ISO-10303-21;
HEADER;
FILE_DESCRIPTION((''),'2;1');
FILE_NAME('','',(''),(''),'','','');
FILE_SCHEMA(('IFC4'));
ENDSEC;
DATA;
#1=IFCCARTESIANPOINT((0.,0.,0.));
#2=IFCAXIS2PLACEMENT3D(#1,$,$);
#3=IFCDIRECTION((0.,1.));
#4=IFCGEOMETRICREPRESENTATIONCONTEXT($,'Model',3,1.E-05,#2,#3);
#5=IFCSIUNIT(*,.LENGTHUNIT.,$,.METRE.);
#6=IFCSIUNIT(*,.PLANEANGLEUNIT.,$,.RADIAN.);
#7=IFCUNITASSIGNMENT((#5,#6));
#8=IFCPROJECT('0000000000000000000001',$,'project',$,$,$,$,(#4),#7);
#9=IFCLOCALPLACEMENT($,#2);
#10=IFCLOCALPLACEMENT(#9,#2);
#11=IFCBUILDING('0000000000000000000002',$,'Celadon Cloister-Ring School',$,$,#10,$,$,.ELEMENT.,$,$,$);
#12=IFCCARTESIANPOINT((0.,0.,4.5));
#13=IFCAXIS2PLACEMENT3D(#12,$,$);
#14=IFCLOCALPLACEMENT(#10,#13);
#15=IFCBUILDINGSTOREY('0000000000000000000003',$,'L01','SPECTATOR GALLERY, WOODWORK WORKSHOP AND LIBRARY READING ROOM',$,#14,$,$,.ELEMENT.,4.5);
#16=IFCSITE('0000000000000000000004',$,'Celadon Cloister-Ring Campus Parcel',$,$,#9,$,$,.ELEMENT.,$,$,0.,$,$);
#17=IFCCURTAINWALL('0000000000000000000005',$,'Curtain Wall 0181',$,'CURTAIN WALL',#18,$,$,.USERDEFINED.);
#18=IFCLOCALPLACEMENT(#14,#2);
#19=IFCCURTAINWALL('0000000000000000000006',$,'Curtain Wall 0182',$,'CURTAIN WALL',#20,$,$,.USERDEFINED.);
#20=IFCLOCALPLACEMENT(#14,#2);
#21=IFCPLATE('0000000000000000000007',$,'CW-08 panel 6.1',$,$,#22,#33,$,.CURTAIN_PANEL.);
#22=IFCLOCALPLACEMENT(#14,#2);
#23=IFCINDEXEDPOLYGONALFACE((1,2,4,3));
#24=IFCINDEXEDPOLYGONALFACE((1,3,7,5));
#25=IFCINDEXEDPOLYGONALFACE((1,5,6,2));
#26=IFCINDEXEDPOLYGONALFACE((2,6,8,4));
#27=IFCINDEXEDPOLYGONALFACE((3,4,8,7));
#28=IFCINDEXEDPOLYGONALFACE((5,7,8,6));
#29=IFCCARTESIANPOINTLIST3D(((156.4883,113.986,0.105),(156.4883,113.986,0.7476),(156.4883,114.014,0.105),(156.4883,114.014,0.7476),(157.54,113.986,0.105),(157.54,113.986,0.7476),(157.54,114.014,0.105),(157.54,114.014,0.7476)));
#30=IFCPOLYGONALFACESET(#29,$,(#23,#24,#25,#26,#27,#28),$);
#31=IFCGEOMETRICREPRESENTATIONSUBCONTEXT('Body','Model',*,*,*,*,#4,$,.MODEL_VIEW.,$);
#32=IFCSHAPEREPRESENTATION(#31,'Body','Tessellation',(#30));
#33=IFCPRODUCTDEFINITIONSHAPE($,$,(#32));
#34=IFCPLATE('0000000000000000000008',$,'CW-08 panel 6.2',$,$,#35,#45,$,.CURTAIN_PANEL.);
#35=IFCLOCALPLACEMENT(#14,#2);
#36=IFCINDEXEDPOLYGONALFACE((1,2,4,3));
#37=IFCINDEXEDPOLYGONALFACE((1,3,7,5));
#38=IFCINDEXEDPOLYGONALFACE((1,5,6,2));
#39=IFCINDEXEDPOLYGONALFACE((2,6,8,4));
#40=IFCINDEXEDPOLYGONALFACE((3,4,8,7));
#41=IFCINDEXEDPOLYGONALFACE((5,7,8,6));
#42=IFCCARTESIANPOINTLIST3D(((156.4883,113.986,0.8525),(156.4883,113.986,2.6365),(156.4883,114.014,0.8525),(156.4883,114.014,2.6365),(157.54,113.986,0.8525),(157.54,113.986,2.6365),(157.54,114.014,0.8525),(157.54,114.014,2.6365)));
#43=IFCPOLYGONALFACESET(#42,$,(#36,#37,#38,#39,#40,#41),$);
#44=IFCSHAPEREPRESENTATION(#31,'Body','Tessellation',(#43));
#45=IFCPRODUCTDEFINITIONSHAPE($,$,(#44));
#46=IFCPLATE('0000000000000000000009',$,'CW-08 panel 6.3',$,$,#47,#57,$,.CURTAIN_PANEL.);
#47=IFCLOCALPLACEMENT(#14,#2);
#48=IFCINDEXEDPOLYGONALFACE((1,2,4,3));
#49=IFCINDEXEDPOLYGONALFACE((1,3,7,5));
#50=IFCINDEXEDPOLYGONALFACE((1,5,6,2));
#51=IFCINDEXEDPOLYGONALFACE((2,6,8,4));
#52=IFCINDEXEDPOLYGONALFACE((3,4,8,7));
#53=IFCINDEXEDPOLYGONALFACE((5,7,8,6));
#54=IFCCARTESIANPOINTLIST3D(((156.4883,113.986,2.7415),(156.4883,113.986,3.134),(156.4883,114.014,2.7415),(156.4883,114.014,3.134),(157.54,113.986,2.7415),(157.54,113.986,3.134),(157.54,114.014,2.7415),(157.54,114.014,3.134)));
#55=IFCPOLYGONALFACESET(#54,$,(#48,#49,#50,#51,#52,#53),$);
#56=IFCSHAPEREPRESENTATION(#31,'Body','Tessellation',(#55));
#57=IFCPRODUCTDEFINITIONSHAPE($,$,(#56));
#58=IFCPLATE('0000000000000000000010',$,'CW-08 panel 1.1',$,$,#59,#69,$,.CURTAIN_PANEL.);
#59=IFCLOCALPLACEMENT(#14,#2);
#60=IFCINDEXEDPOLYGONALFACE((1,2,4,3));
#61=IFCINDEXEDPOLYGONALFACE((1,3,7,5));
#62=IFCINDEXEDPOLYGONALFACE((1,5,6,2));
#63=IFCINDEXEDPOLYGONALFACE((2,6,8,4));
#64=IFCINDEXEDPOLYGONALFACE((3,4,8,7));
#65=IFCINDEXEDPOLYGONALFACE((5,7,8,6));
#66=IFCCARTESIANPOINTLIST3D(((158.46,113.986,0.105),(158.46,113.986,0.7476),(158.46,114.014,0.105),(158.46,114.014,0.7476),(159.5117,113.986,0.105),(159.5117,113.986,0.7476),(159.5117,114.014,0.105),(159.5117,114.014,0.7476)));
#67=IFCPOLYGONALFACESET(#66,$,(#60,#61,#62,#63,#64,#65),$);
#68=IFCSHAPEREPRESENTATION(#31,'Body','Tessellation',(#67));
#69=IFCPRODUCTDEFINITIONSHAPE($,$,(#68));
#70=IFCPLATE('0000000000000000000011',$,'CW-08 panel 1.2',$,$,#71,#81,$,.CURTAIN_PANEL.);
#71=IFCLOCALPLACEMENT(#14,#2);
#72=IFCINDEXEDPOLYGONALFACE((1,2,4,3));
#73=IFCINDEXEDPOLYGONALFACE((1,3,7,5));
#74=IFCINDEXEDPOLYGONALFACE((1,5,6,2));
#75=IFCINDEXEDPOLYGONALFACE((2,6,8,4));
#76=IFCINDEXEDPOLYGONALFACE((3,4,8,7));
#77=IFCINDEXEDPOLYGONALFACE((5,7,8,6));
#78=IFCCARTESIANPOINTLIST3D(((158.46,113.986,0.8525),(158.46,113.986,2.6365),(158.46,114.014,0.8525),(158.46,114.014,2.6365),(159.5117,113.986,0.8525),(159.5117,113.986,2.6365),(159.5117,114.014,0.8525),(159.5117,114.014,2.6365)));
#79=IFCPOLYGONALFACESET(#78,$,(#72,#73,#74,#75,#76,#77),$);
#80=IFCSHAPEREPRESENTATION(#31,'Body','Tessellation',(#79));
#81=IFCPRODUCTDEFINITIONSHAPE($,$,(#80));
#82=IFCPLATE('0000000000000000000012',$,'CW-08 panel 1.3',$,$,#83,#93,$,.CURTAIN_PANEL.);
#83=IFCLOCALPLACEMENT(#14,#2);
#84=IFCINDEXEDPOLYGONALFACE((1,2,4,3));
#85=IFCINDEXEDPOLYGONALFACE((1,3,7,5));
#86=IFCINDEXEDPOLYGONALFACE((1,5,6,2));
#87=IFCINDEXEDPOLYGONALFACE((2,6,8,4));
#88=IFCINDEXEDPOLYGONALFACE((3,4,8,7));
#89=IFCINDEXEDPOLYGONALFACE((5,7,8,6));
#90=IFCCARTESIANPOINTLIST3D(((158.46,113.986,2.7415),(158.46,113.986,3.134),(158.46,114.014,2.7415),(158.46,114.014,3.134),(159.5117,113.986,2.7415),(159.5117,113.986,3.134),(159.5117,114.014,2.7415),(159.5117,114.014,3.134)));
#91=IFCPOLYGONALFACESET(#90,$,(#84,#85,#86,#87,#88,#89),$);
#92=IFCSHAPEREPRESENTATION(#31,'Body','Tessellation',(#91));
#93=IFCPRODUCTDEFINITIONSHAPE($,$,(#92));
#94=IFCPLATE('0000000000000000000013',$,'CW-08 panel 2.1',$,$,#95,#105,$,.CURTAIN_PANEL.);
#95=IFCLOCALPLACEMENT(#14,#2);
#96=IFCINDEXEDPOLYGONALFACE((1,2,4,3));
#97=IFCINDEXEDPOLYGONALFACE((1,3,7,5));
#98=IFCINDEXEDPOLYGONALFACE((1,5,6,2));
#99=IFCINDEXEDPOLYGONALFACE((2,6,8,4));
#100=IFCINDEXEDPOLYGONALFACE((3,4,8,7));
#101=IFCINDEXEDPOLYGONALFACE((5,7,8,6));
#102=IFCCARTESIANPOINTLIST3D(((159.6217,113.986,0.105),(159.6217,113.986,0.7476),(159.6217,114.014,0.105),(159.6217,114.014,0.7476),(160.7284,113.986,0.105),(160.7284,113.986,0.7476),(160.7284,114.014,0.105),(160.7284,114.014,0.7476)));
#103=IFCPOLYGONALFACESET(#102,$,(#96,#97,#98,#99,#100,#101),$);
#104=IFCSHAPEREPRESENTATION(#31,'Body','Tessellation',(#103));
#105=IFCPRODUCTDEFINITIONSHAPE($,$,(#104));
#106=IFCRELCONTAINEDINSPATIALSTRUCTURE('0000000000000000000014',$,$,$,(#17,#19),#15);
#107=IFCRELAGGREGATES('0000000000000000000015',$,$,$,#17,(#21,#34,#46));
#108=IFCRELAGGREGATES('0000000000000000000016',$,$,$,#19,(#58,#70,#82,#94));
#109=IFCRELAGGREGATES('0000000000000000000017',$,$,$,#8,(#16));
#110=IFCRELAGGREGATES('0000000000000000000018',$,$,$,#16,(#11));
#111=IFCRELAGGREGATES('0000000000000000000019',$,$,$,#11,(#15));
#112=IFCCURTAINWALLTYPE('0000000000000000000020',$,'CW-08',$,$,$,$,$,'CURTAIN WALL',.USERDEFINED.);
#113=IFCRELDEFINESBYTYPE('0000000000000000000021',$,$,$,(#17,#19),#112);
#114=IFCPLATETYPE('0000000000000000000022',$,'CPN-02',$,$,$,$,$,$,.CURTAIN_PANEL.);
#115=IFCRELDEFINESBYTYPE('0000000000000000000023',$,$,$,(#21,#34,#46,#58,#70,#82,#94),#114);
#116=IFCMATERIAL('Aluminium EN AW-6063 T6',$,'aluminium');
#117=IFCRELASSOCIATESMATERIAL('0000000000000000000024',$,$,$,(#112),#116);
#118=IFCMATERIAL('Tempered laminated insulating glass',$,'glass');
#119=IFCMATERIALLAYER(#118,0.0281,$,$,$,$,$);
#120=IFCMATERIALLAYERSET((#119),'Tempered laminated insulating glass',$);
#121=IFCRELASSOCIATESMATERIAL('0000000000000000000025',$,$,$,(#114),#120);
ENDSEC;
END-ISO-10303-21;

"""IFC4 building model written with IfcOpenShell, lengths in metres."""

from ifc_helpers import new_model, si_unit, direction, frame, origin, origin_2d, place, context, subcontext, project, spatial, rectangle, extrude, material, layer, layer_set, type_object, element, aggregate, save


model = new_model("IFC4")

# Units and contexts
model_context = context("Model", 3, precision=1e-05, world=origin(), true_north=direction((0.0, 1.0)))
body_context = subcontext(model_context, "Body", "Model", "MODEL_VIEW")
ifc_project = project(units=[si_unit("LENGTHUNIT", "METRE"), si_unit("PLANEANGLEUNIT", "RADIAN")], contexts=[model_context])

# Site, building, storey
site_placement = place(None, origin())
site = spatial("IfcSite", under=ifc_project, at=site_placement, Name="Celadon Cloister-Ring Campus Parcel", CompositionType="ELEMENT", RefElevation=0.0)
building_placement = place(site_placement, origin())
building = spatial("IfcBuilding", under=site, at=building_placement, Name="Celadon Cloister-Ring School", CompositionType="ELEMENT")
storey_placement = place(building_placement, frame((0.0, 0.0, 4.5)))
storey = spatial("IfcBuildingStorey", under=building, at=storey_placement, Name="L01", Description="SPECTATOR GALLERY, WOODWORK WORKSHOP AND LIBRARY READING ROOM", CompositionType="ELEMENT", Elevation=4.5)

# Curtain walls
ifc_material_1 = material(Name="Aluminium EN AW-6063 T6", Category="aluminium")
curtain_wall_type = type_object("IfcCurtainWallType", Name="CW-08", ElementType="CURTAIN WALL", PredefinedType="USERDEFINED", material=ifc_material_1)
curtain_wall_1_placement = place(storey_placement, origin())
curtain_wall_1 = element("IfcCurtainWall", 1, at=curtain_wall_1_placement, inside=storey, type_object=curtain_wall_type, Name="Curtain Wall 0181", ObjectType="CURTAIN WALL", PredefinedType="USERDEFINED")
curtain_wall_2_placement = place(storey_placement, origin())
curtain_wall_2 = element("IfcCurtainWall", 2, at=curtain_wall_2_placement, inside=storey, type_object=curtain_wall_type, Name="Curtain Wall 0182", ObjectType="CURTAIN WALL", PredefinedType="USERDEFINED")

# Plates
ifc_material_2 = material(Name="Tempered laminated insulating glass", Category="glass")
ifc_layer = layer(ifc_material_2, 0.0281)
ifc_layer_set = layer_set([ifc_layer], Name="Tempered laminated insulating glass")
plate_type = type_object("IfcPlateType", Name="CPN-02", PredefinedType="CURTAIN_PANEL", material=ifc_layer_set)
plate_1_placement = place(storey_placement, frame((157.0142, 114.0, 0.105), z_axis=(0.0, 0.0, 1.0), x_axis=(1.0, 0.0, 0.0)))
plate_1 = element("IfcPlate", 3, at=plate_1_placement, type_object=plate_type, Name="CW-08 panel 6.1", PredefinedType="CURTAIN_PANEL", context=body_context, shape_type="SweptSolid", body=[
    extrude(rectangle(XDim=1.0518, YDim=0.0281, at=origin_2d()), origin(), (0.0, 0.0, 1.0), 0.6426),
])
plate_2_placement = place(storey_placement, frame((157.0142, 114.0, 0.8525), z_axis=(0.0, 0.0, 1.0), x_axis=(1.0, 0.0, 0.0)))
plate_2 = element("IfcPlate", 4, at=plate_2_placement, type_object=plate_type, Name="CW-08 panel 6.2", PredefinedType="CURTAIN_PANEL", context=body_context, shape_type="SweptSolid", body=[
    extrude(rectangle(XDim=1.0518, YDim=0.0281, at=origin_2d()), origin(), (0.0, 0.0, 1.0), 1.7839),
])
plate_3_placement = place(storey_placement, frame((157.0142, 114.0, 2.7415), z_axis=(0.0, 0.0, 1.0), x_axis=(1.0, 0.0, 0.0)))
plate_3 = element("IfcPlate", 5, at=plate_3_placement, type_object=plate_type, Name="CW-08 panel 6.3", PredefinedType="CURTAIN_PANEL", context=body_context, shape_type="SweptSolid", body=[
    extrude(rectangle(XDim=1.0518, YDim=0.0281, at=origin_2d()), origin(), (0.0, 0.0, 1.0), 0.3926),
])
aggregate(curtain_wall_1, [plate_1, plate_2, plate_3])
plate_4_placement = place(storey_placement, frame((158.9858, 114.0, 0.105), z_axis=(0.0, 0.0, 1.0), x_axis=(1.0, 0.0, 0.0)))
plate_4 = element("IfcPlate", 6, at=plate_4_placement, type_object=plate_type, Name="CW-08 panel 1.1", PredefinedType="CURTAIN_PANEL", context=body_context, shape_type="SweptSolid", body=[
    extrude(rectangle(XDim=1.0518, YDim=0.0281, at=origin_2d()), origin(), (0.0, 0.0, 1.0), 0.6426),
])
plate_5_placement = place(storey_placement, frame((158.9858, 114.0, 0.8525), z_axis=(0.0, 0.0, 1.0), x_axis=(1.0, 0.0, 0.0)))
plate_5 = element("IfcPlate", 7, at=plate_5_placement, type_object=plate_type, Name="CW-08 panel 1.2", PredefinedType="CURTAIN_PANEL", context=body_context, shape_type="SweptSolid", body=[
    extrude(rectangle(XDim=1.0518, YDim=0.0281, at=origin_2d()), origin(), (0.0, 0.0, 1.0), 1.7839),
])
plate_6_placement = place(storey_placement, frame((158.9858, 114.0, 2.7415), z_axis=(0.0, 0.0, 1.0), x_axis=(1.0, 0.0, 0.0)))
plate_6 = element("IfcPlate", 8, at=plate_6_placement, type_object=plate_type, Name="CW-08 panel 1.3", PredefinedType="CURTAIN_PANEL", context=body_context, shape_type="SweptSolid", body=[
    extrude(rectangle(XDim=1.0518, YDim=0.0281, at=origin_2d()), origin(), (0.0, 0.0, 1.0), 0.3926),
])
plate_7_placement = place(storey_placement, frame((160.175, 114.0, 0.105), z_axis=(0.0, 0.0, 1.0), x_axis=(1.0, 0.0, 0.0)))
plate_7 = element("IfcPlate", 9, at=plate_7_placement, type_object=plate_type, Name="CW-08 panel 2.1", PredefinedType="CURTAIN_PANEL", context=body_context, shape_type="SweptSolid", body=[
    extrude(rectangle(XDim=1.1067, YDim=0.0281, at=origin_2d()), origin(), (0.0, 0.0, 1.0), 0.6426),
])
aggregate(curtain_wall_2, [plate_4, plate_5, plate_6, plate_7])

save(model, "model.ifc")
